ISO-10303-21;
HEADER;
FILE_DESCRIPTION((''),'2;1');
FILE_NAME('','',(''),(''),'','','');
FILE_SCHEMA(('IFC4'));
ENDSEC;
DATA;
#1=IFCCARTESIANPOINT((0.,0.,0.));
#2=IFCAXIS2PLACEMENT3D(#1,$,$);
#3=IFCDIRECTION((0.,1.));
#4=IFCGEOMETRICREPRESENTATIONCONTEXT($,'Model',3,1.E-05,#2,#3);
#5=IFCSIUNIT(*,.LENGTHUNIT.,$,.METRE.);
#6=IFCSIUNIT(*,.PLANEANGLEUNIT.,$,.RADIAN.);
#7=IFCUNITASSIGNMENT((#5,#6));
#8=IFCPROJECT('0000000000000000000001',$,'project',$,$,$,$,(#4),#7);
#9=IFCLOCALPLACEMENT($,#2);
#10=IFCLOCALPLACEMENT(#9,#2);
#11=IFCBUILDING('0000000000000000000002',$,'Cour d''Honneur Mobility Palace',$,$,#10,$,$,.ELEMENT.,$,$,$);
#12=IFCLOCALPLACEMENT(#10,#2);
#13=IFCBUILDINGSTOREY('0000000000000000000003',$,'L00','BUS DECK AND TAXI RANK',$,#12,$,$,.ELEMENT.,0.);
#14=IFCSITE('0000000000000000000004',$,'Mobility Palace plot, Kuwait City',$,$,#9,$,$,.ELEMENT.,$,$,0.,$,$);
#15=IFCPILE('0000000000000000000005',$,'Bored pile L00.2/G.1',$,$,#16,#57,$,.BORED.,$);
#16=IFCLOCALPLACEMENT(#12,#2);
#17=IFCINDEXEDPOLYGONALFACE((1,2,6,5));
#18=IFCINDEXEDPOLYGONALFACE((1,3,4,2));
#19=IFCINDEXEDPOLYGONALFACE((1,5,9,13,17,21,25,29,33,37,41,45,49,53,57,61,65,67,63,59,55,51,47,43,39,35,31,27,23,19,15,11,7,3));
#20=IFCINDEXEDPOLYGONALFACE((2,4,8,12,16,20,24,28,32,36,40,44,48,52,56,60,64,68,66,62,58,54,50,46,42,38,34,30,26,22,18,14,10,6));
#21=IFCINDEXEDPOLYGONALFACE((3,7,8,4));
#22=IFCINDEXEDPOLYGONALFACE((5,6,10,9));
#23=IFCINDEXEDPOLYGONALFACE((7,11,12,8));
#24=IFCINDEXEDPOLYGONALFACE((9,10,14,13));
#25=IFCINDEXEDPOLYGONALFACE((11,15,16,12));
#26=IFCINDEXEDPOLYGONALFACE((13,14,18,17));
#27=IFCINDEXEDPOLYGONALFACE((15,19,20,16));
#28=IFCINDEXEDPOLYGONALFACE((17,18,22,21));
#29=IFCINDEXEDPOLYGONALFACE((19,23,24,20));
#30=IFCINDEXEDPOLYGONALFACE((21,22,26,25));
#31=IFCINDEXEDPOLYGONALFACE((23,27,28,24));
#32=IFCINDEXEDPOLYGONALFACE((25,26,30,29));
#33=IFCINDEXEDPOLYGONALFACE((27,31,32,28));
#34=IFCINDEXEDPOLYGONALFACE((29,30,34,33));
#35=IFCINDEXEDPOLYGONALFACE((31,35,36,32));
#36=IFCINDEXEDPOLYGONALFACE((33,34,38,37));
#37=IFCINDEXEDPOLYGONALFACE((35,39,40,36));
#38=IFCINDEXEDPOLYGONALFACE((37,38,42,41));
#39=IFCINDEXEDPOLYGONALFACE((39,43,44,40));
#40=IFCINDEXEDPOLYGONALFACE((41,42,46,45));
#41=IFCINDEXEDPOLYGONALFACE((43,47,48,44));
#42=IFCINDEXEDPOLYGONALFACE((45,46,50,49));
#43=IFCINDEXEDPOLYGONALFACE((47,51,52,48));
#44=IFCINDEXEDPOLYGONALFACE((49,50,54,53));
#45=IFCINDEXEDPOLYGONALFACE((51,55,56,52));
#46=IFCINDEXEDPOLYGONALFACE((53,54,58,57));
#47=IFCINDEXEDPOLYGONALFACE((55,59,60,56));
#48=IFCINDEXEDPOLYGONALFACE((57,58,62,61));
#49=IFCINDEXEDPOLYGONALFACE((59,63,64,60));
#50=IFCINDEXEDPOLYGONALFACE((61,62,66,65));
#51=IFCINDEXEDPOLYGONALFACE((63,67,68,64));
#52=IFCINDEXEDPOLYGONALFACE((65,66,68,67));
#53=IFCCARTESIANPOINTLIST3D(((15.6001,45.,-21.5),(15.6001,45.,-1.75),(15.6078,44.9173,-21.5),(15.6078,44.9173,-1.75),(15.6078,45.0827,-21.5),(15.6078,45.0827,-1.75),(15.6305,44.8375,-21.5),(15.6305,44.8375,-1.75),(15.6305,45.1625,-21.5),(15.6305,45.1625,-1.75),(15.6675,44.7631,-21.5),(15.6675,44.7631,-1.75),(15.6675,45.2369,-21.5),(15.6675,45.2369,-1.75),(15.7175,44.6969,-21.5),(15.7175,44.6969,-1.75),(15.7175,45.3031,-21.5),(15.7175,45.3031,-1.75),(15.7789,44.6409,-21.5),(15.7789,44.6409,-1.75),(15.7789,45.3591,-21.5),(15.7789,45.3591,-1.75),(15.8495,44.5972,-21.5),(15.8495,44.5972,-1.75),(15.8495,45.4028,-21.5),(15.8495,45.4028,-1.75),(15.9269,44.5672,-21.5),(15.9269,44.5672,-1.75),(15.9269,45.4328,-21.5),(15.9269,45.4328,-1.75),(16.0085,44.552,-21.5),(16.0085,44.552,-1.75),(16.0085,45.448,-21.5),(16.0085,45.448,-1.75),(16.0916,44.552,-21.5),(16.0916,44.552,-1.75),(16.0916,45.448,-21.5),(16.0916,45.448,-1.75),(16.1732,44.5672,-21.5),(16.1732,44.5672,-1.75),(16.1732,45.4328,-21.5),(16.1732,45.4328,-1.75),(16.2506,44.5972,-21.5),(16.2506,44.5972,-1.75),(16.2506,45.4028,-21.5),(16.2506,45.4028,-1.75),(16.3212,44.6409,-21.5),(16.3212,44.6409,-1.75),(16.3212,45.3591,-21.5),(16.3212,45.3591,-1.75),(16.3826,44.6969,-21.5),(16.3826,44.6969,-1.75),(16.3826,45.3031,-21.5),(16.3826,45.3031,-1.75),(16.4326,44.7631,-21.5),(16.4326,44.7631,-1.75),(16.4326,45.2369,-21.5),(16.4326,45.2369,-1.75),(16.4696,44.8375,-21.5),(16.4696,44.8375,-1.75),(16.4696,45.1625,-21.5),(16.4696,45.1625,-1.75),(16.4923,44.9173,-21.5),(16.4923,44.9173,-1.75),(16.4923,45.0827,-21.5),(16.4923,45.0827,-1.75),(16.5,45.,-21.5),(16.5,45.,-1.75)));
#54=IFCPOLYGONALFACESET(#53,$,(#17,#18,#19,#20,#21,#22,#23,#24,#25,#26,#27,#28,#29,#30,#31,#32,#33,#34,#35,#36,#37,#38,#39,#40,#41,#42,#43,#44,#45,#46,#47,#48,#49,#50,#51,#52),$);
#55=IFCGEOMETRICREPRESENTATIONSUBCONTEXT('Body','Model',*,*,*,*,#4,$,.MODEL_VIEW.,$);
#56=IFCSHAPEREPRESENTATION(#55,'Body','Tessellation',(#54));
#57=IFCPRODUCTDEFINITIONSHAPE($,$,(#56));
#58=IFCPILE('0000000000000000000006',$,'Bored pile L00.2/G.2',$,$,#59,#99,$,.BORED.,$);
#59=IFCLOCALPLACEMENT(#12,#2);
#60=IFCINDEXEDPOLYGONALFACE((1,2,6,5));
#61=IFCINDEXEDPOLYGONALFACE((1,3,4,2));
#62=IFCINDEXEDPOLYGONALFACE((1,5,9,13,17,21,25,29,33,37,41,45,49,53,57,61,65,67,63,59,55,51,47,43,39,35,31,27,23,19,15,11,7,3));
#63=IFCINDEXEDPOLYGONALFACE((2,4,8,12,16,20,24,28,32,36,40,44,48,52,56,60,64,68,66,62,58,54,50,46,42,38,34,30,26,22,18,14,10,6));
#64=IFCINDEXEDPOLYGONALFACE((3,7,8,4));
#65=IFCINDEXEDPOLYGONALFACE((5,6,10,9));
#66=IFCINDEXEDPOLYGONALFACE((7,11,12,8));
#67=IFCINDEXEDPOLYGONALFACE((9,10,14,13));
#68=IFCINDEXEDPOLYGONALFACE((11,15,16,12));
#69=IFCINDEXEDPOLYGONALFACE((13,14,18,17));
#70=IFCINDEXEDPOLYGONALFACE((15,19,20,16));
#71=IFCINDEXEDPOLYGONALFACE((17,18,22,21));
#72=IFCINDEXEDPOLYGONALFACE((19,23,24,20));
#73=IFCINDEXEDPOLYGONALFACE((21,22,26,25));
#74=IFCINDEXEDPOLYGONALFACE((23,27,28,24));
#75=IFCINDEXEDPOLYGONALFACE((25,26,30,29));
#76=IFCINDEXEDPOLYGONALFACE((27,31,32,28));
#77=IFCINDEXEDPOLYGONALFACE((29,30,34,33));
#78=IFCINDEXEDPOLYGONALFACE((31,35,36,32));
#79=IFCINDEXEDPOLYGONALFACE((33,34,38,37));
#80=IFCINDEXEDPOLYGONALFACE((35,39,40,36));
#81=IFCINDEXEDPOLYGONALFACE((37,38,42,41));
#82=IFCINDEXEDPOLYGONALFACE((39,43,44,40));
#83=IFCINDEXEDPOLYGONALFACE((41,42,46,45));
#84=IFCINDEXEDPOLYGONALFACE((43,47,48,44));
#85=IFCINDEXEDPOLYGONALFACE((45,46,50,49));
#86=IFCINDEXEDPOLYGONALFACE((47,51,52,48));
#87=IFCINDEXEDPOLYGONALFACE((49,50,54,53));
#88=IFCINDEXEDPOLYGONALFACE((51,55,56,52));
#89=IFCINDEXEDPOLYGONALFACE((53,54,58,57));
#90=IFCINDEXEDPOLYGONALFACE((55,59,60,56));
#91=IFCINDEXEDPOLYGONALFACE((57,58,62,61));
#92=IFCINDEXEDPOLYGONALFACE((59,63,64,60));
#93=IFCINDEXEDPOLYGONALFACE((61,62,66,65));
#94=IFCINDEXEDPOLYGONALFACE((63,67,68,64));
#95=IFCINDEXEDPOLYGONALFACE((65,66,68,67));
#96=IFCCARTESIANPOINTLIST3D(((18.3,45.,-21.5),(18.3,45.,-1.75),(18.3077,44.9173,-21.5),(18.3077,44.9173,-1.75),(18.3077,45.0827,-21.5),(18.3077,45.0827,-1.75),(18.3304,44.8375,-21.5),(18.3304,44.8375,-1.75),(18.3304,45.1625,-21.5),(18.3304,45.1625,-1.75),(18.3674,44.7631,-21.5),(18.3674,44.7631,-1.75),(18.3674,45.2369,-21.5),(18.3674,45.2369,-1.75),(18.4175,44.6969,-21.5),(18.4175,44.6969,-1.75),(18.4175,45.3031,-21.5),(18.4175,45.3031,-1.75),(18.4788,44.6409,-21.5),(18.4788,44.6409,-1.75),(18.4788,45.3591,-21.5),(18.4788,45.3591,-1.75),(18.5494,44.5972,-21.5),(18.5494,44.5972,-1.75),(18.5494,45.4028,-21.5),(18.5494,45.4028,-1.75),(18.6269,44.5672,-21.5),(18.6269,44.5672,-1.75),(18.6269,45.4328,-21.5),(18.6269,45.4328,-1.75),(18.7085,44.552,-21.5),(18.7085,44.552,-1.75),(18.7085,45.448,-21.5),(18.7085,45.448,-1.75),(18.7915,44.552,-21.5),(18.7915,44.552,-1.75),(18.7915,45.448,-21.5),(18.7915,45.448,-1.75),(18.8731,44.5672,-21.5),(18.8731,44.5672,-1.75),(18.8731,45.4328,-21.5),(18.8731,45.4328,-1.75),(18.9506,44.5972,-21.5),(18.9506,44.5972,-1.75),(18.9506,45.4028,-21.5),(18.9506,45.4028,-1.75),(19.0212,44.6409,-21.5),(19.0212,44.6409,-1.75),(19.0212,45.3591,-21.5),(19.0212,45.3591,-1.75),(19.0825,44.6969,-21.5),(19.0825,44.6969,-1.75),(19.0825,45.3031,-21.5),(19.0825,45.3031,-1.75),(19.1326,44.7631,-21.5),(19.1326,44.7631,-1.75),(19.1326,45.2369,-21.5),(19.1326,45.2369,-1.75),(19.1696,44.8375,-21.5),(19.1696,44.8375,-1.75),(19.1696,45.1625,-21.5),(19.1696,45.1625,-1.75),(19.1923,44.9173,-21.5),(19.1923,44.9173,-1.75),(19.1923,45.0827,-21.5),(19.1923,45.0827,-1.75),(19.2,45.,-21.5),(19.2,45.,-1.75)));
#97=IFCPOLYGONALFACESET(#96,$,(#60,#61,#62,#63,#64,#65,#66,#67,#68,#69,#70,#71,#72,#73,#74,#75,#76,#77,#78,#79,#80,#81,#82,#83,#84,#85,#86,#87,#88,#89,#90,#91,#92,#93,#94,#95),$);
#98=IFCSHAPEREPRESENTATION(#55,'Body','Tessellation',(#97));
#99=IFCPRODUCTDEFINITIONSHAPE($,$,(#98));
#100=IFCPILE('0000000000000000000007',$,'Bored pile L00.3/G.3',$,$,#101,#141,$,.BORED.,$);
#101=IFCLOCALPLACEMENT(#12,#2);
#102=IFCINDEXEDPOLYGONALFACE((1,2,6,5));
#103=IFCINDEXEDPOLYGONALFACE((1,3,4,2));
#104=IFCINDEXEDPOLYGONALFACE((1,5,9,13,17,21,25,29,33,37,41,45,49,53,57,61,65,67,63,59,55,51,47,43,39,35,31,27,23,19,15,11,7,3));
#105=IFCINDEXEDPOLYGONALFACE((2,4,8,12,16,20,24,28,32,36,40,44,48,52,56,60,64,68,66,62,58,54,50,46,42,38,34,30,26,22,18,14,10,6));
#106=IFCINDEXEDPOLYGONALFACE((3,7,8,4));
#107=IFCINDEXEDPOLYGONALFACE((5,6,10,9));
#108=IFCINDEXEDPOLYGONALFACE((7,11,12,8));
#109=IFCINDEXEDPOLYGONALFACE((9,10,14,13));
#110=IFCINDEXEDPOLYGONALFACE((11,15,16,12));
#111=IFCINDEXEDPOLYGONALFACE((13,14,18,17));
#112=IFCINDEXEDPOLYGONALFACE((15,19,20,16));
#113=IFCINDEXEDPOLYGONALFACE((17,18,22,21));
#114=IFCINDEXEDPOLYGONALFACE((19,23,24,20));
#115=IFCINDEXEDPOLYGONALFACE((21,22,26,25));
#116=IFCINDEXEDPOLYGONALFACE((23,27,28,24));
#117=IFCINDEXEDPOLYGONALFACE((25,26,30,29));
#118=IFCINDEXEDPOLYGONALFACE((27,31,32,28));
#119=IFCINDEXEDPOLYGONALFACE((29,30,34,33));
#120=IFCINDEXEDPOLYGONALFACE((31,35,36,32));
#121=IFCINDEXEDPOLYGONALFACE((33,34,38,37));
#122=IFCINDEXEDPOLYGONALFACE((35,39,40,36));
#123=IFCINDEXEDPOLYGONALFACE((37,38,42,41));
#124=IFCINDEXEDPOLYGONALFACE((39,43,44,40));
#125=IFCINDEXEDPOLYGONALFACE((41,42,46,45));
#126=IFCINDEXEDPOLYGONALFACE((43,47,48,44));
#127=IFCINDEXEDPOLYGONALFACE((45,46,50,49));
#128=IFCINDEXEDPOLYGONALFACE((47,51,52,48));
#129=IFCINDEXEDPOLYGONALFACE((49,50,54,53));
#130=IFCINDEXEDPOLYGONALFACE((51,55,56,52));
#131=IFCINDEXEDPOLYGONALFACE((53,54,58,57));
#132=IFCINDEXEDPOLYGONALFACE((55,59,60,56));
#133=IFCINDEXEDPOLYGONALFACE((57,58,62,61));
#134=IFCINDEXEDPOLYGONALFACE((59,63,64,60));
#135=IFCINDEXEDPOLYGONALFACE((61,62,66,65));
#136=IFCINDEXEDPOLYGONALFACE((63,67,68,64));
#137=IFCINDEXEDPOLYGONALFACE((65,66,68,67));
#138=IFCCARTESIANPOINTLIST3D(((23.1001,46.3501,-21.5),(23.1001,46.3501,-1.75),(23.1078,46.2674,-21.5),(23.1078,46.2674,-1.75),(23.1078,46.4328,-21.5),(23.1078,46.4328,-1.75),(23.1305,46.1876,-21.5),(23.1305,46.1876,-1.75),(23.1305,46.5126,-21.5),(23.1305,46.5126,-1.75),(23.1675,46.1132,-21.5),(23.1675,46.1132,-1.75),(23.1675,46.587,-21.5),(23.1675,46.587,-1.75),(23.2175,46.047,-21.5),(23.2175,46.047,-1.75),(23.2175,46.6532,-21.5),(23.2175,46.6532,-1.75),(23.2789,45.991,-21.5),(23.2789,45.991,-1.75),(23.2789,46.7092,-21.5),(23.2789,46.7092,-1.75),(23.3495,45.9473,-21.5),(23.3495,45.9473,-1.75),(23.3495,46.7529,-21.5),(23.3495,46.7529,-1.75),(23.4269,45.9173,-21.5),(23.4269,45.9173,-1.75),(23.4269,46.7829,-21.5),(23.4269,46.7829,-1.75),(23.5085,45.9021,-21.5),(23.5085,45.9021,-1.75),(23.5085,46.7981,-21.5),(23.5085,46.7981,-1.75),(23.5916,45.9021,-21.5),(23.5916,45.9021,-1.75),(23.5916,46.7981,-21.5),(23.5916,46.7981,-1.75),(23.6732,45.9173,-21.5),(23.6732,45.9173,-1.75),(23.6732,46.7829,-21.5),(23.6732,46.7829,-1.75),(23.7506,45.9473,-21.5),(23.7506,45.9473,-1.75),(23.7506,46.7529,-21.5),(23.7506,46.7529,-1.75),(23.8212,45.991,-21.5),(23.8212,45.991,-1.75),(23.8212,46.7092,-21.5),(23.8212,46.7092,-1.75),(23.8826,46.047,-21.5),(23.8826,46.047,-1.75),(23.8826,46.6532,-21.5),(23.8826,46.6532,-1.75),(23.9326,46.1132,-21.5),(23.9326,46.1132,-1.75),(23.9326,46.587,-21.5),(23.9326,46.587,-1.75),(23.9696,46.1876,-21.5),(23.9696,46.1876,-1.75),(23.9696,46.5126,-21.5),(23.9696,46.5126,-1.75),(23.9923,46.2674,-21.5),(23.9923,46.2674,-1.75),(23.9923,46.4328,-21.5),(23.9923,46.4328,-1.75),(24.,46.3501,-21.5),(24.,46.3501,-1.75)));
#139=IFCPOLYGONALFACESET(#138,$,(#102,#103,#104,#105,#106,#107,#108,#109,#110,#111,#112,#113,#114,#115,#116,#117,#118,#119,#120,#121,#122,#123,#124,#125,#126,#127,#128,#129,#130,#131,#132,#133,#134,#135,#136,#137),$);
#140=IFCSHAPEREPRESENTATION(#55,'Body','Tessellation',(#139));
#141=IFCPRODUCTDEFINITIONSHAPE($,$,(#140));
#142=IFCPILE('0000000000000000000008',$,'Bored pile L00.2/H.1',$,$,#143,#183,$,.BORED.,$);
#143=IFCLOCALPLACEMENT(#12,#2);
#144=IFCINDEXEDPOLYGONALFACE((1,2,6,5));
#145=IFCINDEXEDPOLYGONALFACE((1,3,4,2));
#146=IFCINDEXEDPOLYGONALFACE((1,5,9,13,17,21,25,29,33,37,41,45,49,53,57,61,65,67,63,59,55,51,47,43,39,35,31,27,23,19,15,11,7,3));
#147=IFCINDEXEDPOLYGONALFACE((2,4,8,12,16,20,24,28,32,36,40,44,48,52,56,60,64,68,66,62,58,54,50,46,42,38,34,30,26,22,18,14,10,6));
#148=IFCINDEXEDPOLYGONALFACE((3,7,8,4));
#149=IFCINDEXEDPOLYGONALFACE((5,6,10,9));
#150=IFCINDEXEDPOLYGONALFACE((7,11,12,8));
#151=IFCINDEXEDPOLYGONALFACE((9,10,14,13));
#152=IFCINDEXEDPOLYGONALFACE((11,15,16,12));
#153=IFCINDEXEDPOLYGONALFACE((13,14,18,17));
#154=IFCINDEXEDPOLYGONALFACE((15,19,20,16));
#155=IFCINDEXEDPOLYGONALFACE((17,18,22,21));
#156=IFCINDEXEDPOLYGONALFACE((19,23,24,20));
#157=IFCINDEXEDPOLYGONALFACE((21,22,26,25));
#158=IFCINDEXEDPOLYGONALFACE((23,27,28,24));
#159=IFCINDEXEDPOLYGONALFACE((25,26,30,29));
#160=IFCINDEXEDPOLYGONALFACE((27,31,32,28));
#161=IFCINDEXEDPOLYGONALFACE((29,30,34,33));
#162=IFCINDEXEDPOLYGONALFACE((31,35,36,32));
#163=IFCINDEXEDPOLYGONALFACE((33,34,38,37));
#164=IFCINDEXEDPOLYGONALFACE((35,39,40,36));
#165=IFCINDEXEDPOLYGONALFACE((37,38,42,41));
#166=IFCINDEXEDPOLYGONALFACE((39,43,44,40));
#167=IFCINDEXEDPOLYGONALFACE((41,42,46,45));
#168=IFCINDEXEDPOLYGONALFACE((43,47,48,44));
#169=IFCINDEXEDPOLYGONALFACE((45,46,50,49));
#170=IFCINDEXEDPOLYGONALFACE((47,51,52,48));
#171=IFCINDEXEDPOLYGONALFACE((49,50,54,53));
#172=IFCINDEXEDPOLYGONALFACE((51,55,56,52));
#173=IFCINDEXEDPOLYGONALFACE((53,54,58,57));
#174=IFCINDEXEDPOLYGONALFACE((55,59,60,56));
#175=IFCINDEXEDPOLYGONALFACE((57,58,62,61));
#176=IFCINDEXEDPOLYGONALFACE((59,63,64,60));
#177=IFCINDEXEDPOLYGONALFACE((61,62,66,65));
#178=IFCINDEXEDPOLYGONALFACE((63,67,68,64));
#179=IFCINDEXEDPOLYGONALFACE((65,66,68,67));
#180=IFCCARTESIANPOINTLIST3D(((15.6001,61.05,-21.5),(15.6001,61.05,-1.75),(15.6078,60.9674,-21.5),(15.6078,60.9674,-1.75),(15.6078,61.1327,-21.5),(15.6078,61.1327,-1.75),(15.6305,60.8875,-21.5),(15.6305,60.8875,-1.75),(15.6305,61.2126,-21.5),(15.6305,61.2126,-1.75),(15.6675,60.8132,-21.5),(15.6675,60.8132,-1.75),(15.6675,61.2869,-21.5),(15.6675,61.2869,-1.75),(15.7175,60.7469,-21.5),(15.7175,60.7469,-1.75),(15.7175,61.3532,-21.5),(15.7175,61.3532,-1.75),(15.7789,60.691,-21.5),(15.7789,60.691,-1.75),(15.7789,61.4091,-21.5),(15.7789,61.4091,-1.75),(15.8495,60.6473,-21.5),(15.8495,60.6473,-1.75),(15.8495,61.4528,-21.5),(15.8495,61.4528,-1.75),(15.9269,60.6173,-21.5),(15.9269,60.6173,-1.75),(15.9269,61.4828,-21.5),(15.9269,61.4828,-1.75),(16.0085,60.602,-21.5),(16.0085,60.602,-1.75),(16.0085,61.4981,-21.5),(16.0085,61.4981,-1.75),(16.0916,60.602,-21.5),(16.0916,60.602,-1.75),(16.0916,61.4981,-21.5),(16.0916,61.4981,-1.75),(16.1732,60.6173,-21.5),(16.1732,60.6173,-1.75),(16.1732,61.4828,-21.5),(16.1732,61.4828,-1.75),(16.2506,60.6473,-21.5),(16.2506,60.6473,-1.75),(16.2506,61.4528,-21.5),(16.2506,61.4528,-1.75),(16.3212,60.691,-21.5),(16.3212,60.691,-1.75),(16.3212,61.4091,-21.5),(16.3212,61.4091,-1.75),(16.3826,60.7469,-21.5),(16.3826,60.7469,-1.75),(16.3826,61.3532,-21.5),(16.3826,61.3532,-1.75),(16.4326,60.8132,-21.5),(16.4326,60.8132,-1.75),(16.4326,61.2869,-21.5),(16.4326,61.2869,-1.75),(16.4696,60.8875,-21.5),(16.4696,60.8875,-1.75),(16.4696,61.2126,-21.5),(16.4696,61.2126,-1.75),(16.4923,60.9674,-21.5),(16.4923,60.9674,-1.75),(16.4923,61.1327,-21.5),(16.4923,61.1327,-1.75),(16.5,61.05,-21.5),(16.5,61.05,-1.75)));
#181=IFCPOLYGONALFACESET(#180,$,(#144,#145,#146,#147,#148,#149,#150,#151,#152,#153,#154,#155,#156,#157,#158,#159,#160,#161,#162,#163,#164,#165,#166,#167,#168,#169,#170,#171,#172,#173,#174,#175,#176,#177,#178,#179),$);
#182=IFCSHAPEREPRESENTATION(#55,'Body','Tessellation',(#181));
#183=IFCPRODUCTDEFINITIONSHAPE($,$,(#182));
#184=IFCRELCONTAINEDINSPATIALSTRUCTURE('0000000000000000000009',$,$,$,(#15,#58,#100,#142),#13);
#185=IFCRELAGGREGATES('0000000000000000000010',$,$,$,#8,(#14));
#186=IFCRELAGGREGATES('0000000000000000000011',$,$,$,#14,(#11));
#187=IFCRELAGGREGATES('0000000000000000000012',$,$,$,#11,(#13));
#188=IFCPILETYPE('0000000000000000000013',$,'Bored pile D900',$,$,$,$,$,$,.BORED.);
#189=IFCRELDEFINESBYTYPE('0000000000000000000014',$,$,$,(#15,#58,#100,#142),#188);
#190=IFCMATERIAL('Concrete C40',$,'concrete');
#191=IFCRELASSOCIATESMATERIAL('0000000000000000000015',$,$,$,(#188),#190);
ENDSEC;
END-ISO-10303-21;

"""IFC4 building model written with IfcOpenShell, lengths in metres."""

from ifc_helpers import new_model, si_unit, direction, frame, origin, origin_2d, place, context, subcontext, project, spatial, circle, extrude, material, material_profile, profile_set, type_object, element, save


model = new_model("IFC4")

# Units and contexts
model_context = context("Model", 3, precision=1e-05, world=origin(), true_north=direction((0.0, 1.0)))
body_context = subcontext(model_context, "Body", "Model", "MODEL_VIEW")
ifc_project = project(units=[si_unit("LENGTHUNIT", "METRE"), si_unit("PLANEANGLEUNIT", "RADIAN")], contexts=[model_context])

# Site, building, storey
site_placement = place(None, origin())
site = spatial("IfcSite", under=ifc_project, at=site_placement, Name="Mobility Palace plot, Kuwait City", CompositionType="ELEMENT", RefElevation=0.0)
building_placement = place(site_placement, origin())
building = spatial("IfcBuilding", under=site, at=building_placement, Name="Cour d'Honneur Mobility Palace", CompositionType="ELEMENT")
storey_placement = place(building_placement, origin())
storey = spatial("IfcBuildingStorey", under=building, at=storey_placement, Name="L00", Description="BUS DECK AND TAXI RANK", CompositionType="ELEMENT", Elevation=0.0)

# Piles
ifc_material_1 = material(Name="Concrete C40", Category="concrete")
ifc_material_profile_1 = material_profile(ifc_material_1, circle(Radius=0.45, at=origin_2d()), Name="Bored pile D900")
ifc_profile_set_1 = profile_set([ifc_material_profile_1], Name="Concrete C40")
pile_type = type_object("IfcPileType", Name="Bored pile D900", PredefinedType="BORED", material=ifc_profile_set_1)
for number, where, z_axis, x_axis, name in (
    (1, (16.05, 45.0, -1.75), (0.0, 0.0, -1.0), (1.0, 0.0, 0.0), "Bored pile L00.2/G.1"),
    (2, (18.75, 45.0, -1.75), (0.0, 0.0, -1.0), (1.0, 0.0, 0.0), "Bored pile L00.2/G.2"),
    (3, (23.55, 46.3501, -1.75), (0.0, 0.0, -1.0), (1.0, 0.0, 0.0), "Bored pile L00.3/G.3"),
    (4, (16.05, 61.05, -1.75), (0.0, 0.0, -1.0), (1.0, 0.0, 0.0), "Bored pile L00.2/H.1"),
):
    element("IfcPile", number, at=place(storey_placement, frame(where, z_axis=z_axis, x_axis=x_axis)), inside=storey, type_object=pile_type, Name=name, PredefinedType="BORED", context=body_context, shape_type="SweptSolid", body=[
        extrude(circle(Radius=0.45, at=origin_2d()), origin(), (0.0, 0.0, 1.0), 19.75),
    ])

save(model, "model.ifc")
